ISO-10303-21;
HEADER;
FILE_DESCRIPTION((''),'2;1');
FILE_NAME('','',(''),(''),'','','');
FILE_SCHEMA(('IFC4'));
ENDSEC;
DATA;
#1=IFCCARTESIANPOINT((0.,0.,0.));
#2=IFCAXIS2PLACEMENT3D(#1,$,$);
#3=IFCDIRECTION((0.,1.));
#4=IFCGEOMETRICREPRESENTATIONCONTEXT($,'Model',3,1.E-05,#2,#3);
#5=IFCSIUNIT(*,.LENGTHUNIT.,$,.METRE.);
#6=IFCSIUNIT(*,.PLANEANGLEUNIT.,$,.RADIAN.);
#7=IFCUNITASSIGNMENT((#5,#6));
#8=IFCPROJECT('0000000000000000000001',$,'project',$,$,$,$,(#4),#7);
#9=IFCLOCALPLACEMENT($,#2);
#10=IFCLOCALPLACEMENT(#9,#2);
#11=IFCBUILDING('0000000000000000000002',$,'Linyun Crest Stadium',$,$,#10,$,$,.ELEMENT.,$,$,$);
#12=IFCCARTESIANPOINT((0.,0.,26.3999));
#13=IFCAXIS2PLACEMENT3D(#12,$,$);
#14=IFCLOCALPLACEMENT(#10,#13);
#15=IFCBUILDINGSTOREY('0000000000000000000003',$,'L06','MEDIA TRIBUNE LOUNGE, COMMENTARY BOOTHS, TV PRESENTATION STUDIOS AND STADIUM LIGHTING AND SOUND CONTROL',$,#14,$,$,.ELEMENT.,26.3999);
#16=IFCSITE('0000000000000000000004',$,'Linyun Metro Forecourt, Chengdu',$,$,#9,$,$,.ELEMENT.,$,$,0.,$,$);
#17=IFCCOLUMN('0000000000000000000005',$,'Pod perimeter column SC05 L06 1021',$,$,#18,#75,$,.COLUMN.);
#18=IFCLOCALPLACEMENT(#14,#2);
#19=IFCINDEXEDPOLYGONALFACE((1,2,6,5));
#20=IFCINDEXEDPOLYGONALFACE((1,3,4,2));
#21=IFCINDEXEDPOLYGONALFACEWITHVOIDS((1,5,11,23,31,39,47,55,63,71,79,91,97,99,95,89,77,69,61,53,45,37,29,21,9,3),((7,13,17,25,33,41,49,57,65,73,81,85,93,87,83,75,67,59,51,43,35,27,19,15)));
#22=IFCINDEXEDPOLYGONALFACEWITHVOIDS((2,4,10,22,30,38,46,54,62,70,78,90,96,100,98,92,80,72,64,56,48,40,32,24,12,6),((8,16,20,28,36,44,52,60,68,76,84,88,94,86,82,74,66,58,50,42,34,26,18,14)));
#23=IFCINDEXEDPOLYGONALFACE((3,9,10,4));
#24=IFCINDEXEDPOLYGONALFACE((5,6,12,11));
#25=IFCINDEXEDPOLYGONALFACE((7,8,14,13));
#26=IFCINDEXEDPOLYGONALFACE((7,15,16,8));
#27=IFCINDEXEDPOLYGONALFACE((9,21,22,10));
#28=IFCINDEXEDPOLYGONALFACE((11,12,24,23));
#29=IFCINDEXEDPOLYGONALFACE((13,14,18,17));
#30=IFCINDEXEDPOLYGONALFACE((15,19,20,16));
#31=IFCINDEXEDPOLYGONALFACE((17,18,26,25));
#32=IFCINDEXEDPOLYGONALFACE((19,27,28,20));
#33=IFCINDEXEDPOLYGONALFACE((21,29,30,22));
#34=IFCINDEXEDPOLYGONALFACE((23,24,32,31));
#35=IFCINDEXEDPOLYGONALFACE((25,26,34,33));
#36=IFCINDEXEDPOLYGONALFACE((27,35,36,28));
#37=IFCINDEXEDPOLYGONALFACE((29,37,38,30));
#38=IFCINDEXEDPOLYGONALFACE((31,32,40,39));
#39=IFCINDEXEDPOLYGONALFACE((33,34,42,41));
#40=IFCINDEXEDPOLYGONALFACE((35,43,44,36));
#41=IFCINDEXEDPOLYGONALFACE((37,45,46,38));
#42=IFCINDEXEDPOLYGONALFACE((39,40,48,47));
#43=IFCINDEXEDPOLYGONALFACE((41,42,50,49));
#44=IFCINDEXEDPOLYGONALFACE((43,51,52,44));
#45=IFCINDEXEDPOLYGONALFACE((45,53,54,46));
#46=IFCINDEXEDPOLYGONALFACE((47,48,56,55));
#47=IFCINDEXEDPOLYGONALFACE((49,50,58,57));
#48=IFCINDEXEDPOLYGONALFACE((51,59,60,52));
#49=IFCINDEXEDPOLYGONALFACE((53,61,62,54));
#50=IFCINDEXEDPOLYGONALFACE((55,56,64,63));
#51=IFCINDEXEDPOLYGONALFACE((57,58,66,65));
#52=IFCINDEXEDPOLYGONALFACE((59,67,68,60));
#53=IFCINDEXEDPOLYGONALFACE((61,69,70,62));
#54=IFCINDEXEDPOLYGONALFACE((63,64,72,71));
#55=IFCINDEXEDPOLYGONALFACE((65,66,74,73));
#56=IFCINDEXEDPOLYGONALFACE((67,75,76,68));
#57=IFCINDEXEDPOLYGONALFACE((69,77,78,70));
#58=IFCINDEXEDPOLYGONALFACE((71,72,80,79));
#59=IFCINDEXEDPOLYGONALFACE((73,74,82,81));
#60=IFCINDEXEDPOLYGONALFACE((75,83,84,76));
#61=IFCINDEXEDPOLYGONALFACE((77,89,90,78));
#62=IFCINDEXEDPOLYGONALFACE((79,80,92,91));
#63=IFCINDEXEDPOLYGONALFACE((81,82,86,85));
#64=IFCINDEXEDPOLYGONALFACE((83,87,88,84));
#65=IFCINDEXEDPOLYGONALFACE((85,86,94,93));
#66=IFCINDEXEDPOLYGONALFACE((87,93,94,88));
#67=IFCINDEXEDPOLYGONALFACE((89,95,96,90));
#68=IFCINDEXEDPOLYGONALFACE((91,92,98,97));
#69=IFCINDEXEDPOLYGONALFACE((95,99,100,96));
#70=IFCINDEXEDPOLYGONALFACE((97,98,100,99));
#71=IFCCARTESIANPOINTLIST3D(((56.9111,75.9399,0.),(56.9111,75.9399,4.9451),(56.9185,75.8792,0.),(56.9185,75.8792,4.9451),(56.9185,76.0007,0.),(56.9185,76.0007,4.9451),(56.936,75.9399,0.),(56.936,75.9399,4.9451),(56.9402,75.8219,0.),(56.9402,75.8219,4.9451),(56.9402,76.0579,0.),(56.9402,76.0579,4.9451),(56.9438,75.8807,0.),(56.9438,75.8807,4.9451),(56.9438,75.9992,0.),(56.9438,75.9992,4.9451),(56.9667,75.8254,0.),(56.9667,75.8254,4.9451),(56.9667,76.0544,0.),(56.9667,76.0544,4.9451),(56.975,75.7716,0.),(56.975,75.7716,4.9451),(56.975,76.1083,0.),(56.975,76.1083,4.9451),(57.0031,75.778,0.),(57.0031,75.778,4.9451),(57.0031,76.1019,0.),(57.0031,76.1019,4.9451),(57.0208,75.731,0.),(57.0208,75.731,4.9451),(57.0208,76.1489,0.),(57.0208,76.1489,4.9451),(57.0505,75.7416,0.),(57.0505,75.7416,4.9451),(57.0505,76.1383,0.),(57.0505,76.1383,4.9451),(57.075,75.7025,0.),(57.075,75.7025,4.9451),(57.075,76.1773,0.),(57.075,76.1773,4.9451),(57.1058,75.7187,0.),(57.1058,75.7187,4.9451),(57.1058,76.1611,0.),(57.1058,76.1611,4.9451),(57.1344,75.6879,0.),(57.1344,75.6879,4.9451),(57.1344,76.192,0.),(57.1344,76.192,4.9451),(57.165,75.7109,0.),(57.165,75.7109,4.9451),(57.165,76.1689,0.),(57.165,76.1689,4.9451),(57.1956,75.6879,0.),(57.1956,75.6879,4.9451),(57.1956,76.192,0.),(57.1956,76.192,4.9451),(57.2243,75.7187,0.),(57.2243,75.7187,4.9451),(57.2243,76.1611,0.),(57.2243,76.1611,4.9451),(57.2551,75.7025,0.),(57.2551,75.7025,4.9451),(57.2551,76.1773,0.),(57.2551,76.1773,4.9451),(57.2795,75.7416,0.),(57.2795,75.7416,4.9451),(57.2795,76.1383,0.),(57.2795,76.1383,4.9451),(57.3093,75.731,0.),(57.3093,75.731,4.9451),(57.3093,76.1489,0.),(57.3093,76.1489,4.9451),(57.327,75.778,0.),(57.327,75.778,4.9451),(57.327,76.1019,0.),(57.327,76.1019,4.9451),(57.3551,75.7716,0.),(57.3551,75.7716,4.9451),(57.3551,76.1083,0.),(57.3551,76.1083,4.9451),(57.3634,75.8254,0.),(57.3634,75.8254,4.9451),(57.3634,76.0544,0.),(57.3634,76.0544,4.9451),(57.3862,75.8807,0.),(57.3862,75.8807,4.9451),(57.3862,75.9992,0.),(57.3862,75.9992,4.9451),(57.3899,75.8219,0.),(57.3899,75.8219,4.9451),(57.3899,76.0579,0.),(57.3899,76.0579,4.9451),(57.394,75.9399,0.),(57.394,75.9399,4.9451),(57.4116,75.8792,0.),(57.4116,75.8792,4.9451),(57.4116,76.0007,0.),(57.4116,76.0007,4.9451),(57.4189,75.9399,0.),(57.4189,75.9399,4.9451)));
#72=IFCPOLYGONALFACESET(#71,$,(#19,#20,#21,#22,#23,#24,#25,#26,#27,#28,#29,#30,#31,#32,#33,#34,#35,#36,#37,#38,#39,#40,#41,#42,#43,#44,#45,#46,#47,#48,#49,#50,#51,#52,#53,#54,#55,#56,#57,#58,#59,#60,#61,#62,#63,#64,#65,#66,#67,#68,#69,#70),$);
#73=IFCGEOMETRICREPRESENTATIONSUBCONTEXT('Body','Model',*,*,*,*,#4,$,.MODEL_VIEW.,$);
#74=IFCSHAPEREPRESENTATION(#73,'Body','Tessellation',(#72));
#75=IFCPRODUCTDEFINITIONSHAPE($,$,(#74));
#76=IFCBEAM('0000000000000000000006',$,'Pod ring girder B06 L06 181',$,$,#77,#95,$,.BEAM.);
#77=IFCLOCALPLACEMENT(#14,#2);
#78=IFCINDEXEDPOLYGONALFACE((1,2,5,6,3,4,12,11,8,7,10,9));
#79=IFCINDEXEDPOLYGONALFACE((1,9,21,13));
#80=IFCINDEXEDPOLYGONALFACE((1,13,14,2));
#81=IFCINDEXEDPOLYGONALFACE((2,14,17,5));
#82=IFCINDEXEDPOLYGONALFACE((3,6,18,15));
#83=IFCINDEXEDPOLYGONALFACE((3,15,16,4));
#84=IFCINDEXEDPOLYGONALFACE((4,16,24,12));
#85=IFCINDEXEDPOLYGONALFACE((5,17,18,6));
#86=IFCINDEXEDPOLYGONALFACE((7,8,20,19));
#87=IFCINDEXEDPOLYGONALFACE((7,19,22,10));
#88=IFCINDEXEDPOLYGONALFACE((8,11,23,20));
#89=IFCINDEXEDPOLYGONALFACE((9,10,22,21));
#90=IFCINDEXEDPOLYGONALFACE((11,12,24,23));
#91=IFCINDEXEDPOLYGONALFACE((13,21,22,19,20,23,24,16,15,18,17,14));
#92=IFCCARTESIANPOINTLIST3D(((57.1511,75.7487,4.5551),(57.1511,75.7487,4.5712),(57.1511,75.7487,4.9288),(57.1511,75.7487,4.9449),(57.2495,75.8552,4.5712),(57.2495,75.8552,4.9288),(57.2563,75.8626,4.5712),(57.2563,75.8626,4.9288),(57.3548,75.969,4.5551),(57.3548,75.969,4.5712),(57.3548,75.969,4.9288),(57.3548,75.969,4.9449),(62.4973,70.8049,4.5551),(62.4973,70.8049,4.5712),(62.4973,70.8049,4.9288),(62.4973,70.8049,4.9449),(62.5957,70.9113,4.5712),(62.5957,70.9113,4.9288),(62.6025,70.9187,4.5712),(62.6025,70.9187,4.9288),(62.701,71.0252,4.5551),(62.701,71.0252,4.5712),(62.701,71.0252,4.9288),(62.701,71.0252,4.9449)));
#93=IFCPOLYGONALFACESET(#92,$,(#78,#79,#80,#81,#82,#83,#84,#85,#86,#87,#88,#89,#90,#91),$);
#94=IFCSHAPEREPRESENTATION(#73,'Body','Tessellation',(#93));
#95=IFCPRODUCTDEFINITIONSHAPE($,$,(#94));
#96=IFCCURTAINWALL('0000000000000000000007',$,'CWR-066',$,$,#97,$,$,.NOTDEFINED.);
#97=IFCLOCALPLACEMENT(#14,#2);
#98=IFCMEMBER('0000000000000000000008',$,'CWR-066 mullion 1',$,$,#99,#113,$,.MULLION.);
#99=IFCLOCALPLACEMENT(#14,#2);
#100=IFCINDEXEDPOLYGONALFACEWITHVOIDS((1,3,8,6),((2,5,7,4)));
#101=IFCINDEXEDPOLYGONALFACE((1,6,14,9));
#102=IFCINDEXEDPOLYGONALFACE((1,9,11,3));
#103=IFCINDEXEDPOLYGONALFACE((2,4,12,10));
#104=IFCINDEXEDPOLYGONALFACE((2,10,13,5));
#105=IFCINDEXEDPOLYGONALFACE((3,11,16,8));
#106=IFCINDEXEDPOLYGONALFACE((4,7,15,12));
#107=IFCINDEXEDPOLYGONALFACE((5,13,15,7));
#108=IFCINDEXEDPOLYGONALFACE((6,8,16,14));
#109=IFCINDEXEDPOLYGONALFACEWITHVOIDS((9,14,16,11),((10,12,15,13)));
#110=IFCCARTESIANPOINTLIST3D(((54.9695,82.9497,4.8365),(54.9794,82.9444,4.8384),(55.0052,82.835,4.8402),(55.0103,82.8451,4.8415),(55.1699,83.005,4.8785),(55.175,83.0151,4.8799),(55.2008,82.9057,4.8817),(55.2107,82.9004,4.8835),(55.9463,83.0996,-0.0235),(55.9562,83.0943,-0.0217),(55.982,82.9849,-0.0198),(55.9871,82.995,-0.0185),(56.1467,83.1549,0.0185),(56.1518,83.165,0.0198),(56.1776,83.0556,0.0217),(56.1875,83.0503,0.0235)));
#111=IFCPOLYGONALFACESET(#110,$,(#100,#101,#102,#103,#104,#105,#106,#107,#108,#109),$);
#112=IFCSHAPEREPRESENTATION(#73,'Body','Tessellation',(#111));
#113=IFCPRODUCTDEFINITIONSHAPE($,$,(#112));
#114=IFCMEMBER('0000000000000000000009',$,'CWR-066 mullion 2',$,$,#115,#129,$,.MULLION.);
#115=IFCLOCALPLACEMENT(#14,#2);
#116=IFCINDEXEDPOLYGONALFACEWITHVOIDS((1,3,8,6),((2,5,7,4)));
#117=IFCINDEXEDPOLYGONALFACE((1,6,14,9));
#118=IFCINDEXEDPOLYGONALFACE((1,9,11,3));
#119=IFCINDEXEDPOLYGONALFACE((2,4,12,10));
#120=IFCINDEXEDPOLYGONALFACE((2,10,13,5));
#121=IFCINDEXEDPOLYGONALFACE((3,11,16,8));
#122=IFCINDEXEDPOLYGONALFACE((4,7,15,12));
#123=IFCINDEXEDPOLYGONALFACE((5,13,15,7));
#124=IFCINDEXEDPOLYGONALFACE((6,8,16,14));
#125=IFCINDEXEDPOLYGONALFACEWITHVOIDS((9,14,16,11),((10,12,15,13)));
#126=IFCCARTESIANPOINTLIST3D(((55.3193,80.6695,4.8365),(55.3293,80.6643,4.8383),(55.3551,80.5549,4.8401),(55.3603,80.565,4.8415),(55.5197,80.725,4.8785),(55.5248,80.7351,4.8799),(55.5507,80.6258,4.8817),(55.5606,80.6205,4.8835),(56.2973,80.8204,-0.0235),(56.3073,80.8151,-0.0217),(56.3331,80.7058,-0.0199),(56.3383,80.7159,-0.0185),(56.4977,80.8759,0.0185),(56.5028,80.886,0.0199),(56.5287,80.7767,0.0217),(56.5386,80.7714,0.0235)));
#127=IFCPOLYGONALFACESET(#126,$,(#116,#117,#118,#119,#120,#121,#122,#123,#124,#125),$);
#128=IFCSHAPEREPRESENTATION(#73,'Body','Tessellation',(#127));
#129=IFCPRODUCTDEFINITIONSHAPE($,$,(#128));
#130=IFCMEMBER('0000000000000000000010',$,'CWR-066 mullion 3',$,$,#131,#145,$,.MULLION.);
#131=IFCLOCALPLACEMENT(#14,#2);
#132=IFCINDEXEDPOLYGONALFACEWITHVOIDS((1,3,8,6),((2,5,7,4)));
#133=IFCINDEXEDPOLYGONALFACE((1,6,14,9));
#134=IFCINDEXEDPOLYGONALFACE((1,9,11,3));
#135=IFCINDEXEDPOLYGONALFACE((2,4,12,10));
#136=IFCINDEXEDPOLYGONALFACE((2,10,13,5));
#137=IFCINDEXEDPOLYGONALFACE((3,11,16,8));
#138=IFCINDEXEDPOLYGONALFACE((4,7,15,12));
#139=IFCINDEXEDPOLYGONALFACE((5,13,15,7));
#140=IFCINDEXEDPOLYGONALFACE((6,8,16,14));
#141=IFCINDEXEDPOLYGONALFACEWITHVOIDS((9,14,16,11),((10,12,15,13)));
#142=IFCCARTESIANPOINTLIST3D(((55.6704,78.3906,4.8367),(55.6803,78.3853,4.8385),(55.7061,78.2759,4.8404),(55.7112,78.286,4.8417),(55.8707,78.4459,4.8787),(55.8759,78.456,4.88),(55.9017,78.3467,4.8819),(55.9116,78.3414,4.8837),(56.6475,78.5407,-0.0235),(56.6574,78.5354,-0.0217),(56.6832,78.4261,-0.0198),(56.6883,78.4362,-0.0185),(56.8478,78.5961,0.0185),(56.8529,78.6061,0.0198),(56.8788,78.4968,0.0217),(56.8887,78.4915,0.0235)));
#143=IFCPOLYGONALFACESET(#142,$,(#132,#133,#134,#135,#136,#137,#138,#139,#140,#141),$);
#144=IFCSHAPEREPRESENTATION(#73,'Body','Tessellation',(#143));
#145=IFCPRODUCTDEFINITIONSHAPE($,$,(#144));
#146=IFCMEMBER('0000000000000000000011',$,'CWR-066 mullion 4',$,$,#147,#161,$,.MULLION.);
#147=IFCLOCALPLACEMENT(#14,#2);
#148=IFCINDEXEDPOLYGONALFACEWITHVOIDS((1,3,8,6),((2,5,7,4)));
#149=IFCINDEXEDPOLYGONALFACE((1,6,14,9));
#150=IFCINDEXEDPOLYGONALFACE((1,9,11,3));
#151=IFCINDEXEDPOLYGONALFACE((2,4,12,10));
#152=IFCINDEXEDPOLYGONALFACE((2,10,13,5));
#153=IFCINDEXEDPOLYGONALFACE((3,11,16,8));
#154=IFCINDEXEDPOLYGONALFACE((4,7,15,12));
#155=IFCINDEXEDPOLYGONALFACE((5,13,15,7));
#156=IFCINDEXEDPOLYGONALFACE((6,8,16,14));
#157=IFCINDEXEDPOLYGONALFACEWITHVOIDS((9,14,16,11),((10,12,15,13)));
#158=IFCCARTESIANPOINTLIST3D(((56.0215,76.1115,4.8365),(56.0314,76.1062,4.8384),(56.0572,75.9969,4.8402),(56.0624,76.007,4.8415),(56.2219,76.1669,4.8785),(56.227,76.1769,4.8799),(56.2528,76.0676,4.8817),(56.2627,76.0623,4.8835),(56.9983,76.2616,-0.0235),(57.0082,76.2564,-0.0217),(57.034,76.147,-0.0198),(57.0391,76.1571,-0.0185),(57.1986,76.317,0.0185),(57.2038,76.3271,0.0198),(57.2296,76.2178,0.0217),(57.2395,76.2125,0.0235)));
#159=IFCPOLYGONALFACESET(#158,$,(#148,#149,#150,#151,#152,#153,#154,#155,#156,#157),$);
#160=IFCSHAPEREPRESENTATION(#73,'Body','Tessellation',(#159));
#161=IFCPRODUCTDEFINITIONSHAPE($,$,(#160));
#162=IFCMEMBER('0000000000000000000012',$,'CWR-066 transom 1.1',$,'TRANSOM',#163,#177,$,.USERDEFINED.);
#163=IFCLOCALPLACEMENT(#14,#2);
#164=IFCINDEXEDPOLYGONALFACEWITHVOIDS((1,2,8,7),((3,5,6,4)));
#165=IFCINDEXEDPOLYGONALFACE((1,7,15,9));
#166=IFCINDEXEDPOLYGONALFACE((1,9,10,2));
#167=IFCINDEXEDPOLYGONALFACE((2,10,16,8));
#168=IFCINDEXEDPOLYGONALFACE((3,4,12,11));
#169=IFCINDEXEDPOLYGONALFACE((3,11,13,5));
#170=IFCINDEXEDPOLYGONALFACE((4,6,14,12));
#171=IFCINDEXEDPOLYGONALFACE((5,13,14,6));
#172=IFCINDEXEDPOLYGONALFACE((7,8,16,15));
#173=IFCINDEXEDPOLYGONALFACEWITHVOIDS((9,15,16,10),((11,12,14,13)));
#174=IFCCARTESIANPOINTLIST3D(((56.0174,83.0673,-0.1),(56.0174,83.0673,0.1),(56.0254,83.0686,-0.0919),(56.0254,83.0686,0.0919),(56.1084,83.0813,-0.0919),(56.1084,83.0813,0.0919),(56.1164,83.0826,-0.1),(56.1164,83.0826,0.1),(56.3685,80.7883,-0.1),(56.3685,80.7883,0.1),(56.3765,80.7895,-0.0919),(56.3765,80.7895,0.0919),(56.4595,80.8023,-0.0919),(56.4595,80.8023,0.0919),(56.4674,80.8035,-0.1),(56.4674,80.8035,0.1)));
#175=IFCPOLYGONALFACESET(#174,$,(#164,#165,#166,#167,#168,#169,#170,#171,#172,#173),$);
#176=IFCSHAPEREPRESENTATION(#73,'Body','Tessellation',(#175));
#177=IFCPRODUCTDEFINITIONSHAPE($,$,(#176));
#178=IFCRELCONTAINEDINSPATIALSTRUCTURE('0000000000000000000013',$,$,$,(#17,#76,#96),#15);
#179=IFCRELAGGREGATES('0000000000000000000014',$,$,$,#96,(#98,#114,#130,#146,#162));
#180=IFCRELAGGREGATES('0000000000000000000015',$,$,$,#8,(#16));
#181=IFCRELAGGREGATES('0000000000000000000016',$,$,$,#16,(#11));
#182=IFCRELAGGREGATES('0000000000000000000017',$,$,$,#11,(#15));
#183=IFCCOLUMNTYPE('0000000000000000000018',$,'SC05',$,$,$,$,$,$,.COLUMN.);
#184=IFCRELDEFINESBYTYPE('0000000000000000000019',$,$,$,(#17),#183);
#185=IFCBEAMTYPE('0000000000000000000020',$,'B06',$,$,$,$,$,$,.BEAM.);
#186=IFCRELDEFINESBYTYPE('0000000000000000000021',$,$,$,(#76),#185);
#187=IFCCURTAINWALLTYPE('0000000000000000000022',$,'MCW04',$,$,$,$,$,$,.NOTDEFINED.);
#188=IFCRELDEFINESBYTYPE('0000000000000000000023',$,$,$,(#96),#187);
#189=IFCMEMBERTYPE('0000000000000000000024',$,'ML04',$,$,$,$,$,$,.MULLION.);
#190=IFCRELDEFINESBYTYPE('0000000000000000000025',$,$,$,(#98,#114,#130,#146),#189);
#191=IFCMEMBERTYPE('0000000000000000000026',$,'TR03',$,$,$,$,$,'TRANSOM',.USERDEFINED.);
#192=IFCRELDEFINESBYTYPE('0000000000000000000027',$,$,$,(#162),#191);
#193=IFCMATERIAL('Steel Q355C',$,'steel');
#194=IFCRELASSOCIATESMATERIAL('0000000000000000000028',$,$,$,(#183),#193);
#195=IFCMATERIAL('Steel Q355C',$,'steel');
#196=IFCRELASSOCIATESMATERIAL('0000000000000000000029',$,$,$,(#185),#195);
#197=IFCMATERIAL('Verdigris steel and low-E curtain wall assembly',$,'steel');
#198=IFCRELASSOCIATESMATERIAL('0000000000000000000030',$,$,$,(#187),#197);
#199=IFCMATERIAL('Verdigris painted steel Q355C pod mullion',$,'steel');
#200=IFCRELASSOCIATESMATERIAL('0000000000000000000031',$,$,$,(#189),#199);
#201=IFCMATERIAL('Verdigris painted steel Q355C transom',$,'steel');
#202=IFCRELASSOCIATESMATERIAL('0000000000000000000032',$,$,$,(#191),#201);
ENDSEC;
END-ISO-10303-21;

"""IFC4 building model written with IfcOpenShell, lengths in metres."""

from ifc_helpers import new_model, si_unit, direction, frame, origin, origin_2d, place, context, subcontext, project, spatial, hollow_rectangle, hollow_circle, i_section, extrude, material, material_profile, profile_set, type_object, element, aggregate, save


model = new_model("IFC4")

# Units and contexts
model_context = context("Model", 3, precision=1e-05, world=origin(), true_north=direction((0.0, 1.0)))
body_context = subcontext(model_context, "Body", "Model", "MODEL_VIEW")
ifc_project = project(units=[si_unit("LENGTHUNIT", "METRE"), si_unit("PLANEANGLEUNIT", "RADIAN")], contexts=[model_context])

# Site, building, storey
site_placement = place(None, origin())
site = spatial("IfcSite", under=ifc_project, at=site_placement, Name="Linyun Metro Forecourt, Chengdu", CompositionType="ELEMENT", RefElevation=0.0)
building_placement = place(site_placement, origin())
building = spatial("IfcBuilding", under=site, at=building_placement, Name="Linyun Crest Stadium", CompositionType="ELEMENT")
storey_placement = place(building_placement, frame((0.0, 0.0, 26.3999)))
storey = spatial("IfcBuildingStorey", under=building, at=storey_placement, Name="L06", Description="MEDIA TRIBUNE LOUNGE, COMMENTARY BOOTHS, TV PRESENTATION STUDIOS AND STADIUM LIGHTING AND SOUND CONTROL", CompositionType="ELEMENT", Elevation=26.3999)

# Column
ifc_material_1 = material(Name="Steel Q355C", Category="steel")
ifc_material_profile_1 = material_profile(ifc_material_1, hollow_circle(Radius=0.2539, WallThickness=0.0249, at=origin_2d()), Name="CHS 508x25")
ifc_profile_set_1 = profile_set([ifc_material_profile_1], Name="Steel Q355C")
column_type = type_object("IfcColumnType", Name="SC05", PredefinedType="COLUMN", material=ifc_profile_set_1)
column_placement = place(storey_placement, frame((57.165, 75.9399, 0.0), z_axis=(0.0, 0.0, 1.0), x_axis=(1.0, 0.0, 0.0)))
element("IfcColumn", 1, at=column_placement, inside=storey, type_object=column_type, Name="Pod perimeter column SC05 L06 1021", PredefinedType="COLUMN", context=body_context, shape_type="SweptSolid", body=[
    extrude(hollow_circle(Radius=0.2539, WallThickness=0.0249, at=origin_2d()), origin(), (0.0, 0.0, 1.0), 4.9451),
])

# Beam
ifc_material_2 = material(Name="Steel Q355C", Category="steel")
ifc_material_profile_2 = material_profile(ifc_material_2, i_section(OverallWidth=0.3, OverallDepth=0.3899, WebThickness=0.01, FlangeThickness=0.0161, at=origin_2d()), Name="HM 390x300")
ifc_profile_set_2 = profile_set([ifc_material_profile_2], Name="Steel Q355C")
beam_type = type_object("IfcBeamType", Name="B06", PredefinedType="BEAM", material=ifc_profile_set_2)
beam_placement = place(storey_placement, frame((57.2529, 75.8589, 4.75), z_axis=(0.734194, -0.67894, 0.0), x_axis=(0.67894, 0.734194, 0.0)))
element("IfcBeam", 2, at=beam_placement, inside=storey, type_object=beam_type, Name="Pod ring girder B06 L06 181", PredefinedType="BEAM", context=body_context, shape_type="SweptSolid", body=[
    extrude(i_section(OverallWidth=0.3, OverallDepth=0.3899, WebThickness=0.01, FlangeThickness=0.0161, at=origin_2d()), origin(), (0.0, 0.0, 1.0), 7.2817),
])

# Curtain wall, members
ifc_material_3 = material(Name="Verdigris steel and low-E curtain wall assembly", Category="steel")
curtain_wall_type = type_object("IfcCurtainWallType", Name="MCW04", PredefinedType="NOTDEFINED", material=ifc_material_3)
curtain_wall_1_placement = place(storey_placement, origin())
curtain_wall_1 = element("IfcCurtainWall", 3, at=curtain_wall_1_placement, inside=storey, type_object=curtain_wall_type, Name="CWR-066", PredefinedType="NOTDEFINED")
ifc_material_4 = material(Name="Verdigris painted steel Q355C pod mullion", Category="steel")
ifc_material_profile_3 = material_profile(ifc_material_4, hollow_rectangle(XDim=0.1201, YDim=0.22, WallThickness=0.0081, at=origin_2d()), Name="RHS 220x120x8")
ifc_profile_set_3 = profile_set([ifc_material_profile_3], Name="Verdigris painted steel Q355C pod mullion")
member_type_1 = type_object("IfcMemberType", Name="ML04", PredefinedType="MULLION", material=ifc_profile_set_3)
member_1_placement = place(storey_placement, frame((56.0669, 83.075, 0.0), z_axis=(-0.196954, -0.030225, 0.979947), x_axis=(0.297268, -0.954313, 0.030312)))
member_1 = element("IfcMember", 4, at=member_1_placement, type_object=member_type_1, Name="CWR-066 mullion 1", PredefinedType="MULLION", context=body_context, shape_type="SweptSolid", body=[
    extrude(hollow_rectangle(XDim=0.1201, YDim=0.22, WallThickness=0.0081, at=origin_2d()), origin(), (0.0, 0.0, 1.0), 4.9595),
])
member_2_placement = place(storey_placement, frame((56.418, 80.7959, 0.0), z_axis=(-0.19719, -0.03042, 0.979893), x_axis=(0.298013, -0.954079, 0.030352)))
member_2 = element("IfcMember", 5, at=member_2_placement, type_object=member_type_1, Name="CWR-066 mullion 2", PredefinedType="MULLION", context=body_context, shape_type="SweptSolid", body=[
    extrude(hollow_rectangle(XDim=0.1201, YDim=0.22, WallThickness=0.0081, at=origin_2d()), origin(), (0.0, 0.0, 1.0), 4.9597),
])
member_3_placement = place(storey_placement, frame((56.7681, 78.5161, 0.0), z_axis=(-0.197001, -0.030274, 0.979936), x_axis=(0.297464, -0.954251, 0.03032)))
member_3 = element("IfcMember", 6, at=member_3_placement, type_object=member_type_1, Name="CWR-066 mullion 3", PredefinedType="MULLION", context=body_context, shape_type="SweptSolid", body=[
    extrude(hollow_rectangle(XDim=0.1201, YDim=0.22, WallThickness=0.0081, at=origin_2d()), origin(), (0.0, 0.0, 1.0), 4.9597),
])
member_4_placement = place(storey_placement, frame((57.1189, 76.2371, 0.0), z_axis=(-0.196954, -0.030274, 0.979945), x_axis=(0.297501, -0.95424, 0.030313)))
member_4 = element("IfcMember", 7, at=member_4_placement, type_object=member_type_1, Name="CWR-066 mullion 4", PredefinedType="MULLION", context=body_context, shape_type="SweptSolid", body=[
    extrude(hollow_rectangle(XDim=0.1201, YDim=0.22, WallThickness=0.0081, at=origin_2d()), origin(), (0.0, 0.0, 1.0), 4.9595),
])
ifc_material_5 = material(Name="Verdigris painted steel Q355C transom", Category="steel")
ifc_material_profile_4 = material_profile(ifc_material_5, hollow_rectangle(XDim=0.1001, YDim=0.2, WallThickness=0.0081, at=origin_2d()), Name="RHS 200x100x8")
ifc_profile_set_4 = profile_set([ifc_material_profile_4], Name="Verdigris painted steel Q355C transom")
member_type_2 = type_object("IfcMemberType", Name="TR03", ElementType="TRANSOM", PredefinedType="USERDEFINED", material=ifc_profile_set_4)
member_5_placement = place(storey_placement, frame((56.0669, 83.075, 0.0), z_axis=(0.152248, -0.988342, 0.0), x_axis=(0.988342, 0.152248, 0.0)))
member_5 = element("IfcMember", 8, at=member_5_placement, type_object=member_type_2, Name="CWR-066 transom 1.1", ObjectType="TRANSOM", PredefinedType="USERDEFINED", context=body_context, shape_type="SweptSolid", body=[
    extrude(hollow_rectangle(XDim=0.1001, YDim=0.2, WallThickness=0.0081, at=origin_2d()), origin(), (0.0, 0.0, 1.0), 2.3059),
])

aggregate(curtain_wall_1, [member_1, member_2, member_3, member_4, member_5])

save(model, "model.ifc")
